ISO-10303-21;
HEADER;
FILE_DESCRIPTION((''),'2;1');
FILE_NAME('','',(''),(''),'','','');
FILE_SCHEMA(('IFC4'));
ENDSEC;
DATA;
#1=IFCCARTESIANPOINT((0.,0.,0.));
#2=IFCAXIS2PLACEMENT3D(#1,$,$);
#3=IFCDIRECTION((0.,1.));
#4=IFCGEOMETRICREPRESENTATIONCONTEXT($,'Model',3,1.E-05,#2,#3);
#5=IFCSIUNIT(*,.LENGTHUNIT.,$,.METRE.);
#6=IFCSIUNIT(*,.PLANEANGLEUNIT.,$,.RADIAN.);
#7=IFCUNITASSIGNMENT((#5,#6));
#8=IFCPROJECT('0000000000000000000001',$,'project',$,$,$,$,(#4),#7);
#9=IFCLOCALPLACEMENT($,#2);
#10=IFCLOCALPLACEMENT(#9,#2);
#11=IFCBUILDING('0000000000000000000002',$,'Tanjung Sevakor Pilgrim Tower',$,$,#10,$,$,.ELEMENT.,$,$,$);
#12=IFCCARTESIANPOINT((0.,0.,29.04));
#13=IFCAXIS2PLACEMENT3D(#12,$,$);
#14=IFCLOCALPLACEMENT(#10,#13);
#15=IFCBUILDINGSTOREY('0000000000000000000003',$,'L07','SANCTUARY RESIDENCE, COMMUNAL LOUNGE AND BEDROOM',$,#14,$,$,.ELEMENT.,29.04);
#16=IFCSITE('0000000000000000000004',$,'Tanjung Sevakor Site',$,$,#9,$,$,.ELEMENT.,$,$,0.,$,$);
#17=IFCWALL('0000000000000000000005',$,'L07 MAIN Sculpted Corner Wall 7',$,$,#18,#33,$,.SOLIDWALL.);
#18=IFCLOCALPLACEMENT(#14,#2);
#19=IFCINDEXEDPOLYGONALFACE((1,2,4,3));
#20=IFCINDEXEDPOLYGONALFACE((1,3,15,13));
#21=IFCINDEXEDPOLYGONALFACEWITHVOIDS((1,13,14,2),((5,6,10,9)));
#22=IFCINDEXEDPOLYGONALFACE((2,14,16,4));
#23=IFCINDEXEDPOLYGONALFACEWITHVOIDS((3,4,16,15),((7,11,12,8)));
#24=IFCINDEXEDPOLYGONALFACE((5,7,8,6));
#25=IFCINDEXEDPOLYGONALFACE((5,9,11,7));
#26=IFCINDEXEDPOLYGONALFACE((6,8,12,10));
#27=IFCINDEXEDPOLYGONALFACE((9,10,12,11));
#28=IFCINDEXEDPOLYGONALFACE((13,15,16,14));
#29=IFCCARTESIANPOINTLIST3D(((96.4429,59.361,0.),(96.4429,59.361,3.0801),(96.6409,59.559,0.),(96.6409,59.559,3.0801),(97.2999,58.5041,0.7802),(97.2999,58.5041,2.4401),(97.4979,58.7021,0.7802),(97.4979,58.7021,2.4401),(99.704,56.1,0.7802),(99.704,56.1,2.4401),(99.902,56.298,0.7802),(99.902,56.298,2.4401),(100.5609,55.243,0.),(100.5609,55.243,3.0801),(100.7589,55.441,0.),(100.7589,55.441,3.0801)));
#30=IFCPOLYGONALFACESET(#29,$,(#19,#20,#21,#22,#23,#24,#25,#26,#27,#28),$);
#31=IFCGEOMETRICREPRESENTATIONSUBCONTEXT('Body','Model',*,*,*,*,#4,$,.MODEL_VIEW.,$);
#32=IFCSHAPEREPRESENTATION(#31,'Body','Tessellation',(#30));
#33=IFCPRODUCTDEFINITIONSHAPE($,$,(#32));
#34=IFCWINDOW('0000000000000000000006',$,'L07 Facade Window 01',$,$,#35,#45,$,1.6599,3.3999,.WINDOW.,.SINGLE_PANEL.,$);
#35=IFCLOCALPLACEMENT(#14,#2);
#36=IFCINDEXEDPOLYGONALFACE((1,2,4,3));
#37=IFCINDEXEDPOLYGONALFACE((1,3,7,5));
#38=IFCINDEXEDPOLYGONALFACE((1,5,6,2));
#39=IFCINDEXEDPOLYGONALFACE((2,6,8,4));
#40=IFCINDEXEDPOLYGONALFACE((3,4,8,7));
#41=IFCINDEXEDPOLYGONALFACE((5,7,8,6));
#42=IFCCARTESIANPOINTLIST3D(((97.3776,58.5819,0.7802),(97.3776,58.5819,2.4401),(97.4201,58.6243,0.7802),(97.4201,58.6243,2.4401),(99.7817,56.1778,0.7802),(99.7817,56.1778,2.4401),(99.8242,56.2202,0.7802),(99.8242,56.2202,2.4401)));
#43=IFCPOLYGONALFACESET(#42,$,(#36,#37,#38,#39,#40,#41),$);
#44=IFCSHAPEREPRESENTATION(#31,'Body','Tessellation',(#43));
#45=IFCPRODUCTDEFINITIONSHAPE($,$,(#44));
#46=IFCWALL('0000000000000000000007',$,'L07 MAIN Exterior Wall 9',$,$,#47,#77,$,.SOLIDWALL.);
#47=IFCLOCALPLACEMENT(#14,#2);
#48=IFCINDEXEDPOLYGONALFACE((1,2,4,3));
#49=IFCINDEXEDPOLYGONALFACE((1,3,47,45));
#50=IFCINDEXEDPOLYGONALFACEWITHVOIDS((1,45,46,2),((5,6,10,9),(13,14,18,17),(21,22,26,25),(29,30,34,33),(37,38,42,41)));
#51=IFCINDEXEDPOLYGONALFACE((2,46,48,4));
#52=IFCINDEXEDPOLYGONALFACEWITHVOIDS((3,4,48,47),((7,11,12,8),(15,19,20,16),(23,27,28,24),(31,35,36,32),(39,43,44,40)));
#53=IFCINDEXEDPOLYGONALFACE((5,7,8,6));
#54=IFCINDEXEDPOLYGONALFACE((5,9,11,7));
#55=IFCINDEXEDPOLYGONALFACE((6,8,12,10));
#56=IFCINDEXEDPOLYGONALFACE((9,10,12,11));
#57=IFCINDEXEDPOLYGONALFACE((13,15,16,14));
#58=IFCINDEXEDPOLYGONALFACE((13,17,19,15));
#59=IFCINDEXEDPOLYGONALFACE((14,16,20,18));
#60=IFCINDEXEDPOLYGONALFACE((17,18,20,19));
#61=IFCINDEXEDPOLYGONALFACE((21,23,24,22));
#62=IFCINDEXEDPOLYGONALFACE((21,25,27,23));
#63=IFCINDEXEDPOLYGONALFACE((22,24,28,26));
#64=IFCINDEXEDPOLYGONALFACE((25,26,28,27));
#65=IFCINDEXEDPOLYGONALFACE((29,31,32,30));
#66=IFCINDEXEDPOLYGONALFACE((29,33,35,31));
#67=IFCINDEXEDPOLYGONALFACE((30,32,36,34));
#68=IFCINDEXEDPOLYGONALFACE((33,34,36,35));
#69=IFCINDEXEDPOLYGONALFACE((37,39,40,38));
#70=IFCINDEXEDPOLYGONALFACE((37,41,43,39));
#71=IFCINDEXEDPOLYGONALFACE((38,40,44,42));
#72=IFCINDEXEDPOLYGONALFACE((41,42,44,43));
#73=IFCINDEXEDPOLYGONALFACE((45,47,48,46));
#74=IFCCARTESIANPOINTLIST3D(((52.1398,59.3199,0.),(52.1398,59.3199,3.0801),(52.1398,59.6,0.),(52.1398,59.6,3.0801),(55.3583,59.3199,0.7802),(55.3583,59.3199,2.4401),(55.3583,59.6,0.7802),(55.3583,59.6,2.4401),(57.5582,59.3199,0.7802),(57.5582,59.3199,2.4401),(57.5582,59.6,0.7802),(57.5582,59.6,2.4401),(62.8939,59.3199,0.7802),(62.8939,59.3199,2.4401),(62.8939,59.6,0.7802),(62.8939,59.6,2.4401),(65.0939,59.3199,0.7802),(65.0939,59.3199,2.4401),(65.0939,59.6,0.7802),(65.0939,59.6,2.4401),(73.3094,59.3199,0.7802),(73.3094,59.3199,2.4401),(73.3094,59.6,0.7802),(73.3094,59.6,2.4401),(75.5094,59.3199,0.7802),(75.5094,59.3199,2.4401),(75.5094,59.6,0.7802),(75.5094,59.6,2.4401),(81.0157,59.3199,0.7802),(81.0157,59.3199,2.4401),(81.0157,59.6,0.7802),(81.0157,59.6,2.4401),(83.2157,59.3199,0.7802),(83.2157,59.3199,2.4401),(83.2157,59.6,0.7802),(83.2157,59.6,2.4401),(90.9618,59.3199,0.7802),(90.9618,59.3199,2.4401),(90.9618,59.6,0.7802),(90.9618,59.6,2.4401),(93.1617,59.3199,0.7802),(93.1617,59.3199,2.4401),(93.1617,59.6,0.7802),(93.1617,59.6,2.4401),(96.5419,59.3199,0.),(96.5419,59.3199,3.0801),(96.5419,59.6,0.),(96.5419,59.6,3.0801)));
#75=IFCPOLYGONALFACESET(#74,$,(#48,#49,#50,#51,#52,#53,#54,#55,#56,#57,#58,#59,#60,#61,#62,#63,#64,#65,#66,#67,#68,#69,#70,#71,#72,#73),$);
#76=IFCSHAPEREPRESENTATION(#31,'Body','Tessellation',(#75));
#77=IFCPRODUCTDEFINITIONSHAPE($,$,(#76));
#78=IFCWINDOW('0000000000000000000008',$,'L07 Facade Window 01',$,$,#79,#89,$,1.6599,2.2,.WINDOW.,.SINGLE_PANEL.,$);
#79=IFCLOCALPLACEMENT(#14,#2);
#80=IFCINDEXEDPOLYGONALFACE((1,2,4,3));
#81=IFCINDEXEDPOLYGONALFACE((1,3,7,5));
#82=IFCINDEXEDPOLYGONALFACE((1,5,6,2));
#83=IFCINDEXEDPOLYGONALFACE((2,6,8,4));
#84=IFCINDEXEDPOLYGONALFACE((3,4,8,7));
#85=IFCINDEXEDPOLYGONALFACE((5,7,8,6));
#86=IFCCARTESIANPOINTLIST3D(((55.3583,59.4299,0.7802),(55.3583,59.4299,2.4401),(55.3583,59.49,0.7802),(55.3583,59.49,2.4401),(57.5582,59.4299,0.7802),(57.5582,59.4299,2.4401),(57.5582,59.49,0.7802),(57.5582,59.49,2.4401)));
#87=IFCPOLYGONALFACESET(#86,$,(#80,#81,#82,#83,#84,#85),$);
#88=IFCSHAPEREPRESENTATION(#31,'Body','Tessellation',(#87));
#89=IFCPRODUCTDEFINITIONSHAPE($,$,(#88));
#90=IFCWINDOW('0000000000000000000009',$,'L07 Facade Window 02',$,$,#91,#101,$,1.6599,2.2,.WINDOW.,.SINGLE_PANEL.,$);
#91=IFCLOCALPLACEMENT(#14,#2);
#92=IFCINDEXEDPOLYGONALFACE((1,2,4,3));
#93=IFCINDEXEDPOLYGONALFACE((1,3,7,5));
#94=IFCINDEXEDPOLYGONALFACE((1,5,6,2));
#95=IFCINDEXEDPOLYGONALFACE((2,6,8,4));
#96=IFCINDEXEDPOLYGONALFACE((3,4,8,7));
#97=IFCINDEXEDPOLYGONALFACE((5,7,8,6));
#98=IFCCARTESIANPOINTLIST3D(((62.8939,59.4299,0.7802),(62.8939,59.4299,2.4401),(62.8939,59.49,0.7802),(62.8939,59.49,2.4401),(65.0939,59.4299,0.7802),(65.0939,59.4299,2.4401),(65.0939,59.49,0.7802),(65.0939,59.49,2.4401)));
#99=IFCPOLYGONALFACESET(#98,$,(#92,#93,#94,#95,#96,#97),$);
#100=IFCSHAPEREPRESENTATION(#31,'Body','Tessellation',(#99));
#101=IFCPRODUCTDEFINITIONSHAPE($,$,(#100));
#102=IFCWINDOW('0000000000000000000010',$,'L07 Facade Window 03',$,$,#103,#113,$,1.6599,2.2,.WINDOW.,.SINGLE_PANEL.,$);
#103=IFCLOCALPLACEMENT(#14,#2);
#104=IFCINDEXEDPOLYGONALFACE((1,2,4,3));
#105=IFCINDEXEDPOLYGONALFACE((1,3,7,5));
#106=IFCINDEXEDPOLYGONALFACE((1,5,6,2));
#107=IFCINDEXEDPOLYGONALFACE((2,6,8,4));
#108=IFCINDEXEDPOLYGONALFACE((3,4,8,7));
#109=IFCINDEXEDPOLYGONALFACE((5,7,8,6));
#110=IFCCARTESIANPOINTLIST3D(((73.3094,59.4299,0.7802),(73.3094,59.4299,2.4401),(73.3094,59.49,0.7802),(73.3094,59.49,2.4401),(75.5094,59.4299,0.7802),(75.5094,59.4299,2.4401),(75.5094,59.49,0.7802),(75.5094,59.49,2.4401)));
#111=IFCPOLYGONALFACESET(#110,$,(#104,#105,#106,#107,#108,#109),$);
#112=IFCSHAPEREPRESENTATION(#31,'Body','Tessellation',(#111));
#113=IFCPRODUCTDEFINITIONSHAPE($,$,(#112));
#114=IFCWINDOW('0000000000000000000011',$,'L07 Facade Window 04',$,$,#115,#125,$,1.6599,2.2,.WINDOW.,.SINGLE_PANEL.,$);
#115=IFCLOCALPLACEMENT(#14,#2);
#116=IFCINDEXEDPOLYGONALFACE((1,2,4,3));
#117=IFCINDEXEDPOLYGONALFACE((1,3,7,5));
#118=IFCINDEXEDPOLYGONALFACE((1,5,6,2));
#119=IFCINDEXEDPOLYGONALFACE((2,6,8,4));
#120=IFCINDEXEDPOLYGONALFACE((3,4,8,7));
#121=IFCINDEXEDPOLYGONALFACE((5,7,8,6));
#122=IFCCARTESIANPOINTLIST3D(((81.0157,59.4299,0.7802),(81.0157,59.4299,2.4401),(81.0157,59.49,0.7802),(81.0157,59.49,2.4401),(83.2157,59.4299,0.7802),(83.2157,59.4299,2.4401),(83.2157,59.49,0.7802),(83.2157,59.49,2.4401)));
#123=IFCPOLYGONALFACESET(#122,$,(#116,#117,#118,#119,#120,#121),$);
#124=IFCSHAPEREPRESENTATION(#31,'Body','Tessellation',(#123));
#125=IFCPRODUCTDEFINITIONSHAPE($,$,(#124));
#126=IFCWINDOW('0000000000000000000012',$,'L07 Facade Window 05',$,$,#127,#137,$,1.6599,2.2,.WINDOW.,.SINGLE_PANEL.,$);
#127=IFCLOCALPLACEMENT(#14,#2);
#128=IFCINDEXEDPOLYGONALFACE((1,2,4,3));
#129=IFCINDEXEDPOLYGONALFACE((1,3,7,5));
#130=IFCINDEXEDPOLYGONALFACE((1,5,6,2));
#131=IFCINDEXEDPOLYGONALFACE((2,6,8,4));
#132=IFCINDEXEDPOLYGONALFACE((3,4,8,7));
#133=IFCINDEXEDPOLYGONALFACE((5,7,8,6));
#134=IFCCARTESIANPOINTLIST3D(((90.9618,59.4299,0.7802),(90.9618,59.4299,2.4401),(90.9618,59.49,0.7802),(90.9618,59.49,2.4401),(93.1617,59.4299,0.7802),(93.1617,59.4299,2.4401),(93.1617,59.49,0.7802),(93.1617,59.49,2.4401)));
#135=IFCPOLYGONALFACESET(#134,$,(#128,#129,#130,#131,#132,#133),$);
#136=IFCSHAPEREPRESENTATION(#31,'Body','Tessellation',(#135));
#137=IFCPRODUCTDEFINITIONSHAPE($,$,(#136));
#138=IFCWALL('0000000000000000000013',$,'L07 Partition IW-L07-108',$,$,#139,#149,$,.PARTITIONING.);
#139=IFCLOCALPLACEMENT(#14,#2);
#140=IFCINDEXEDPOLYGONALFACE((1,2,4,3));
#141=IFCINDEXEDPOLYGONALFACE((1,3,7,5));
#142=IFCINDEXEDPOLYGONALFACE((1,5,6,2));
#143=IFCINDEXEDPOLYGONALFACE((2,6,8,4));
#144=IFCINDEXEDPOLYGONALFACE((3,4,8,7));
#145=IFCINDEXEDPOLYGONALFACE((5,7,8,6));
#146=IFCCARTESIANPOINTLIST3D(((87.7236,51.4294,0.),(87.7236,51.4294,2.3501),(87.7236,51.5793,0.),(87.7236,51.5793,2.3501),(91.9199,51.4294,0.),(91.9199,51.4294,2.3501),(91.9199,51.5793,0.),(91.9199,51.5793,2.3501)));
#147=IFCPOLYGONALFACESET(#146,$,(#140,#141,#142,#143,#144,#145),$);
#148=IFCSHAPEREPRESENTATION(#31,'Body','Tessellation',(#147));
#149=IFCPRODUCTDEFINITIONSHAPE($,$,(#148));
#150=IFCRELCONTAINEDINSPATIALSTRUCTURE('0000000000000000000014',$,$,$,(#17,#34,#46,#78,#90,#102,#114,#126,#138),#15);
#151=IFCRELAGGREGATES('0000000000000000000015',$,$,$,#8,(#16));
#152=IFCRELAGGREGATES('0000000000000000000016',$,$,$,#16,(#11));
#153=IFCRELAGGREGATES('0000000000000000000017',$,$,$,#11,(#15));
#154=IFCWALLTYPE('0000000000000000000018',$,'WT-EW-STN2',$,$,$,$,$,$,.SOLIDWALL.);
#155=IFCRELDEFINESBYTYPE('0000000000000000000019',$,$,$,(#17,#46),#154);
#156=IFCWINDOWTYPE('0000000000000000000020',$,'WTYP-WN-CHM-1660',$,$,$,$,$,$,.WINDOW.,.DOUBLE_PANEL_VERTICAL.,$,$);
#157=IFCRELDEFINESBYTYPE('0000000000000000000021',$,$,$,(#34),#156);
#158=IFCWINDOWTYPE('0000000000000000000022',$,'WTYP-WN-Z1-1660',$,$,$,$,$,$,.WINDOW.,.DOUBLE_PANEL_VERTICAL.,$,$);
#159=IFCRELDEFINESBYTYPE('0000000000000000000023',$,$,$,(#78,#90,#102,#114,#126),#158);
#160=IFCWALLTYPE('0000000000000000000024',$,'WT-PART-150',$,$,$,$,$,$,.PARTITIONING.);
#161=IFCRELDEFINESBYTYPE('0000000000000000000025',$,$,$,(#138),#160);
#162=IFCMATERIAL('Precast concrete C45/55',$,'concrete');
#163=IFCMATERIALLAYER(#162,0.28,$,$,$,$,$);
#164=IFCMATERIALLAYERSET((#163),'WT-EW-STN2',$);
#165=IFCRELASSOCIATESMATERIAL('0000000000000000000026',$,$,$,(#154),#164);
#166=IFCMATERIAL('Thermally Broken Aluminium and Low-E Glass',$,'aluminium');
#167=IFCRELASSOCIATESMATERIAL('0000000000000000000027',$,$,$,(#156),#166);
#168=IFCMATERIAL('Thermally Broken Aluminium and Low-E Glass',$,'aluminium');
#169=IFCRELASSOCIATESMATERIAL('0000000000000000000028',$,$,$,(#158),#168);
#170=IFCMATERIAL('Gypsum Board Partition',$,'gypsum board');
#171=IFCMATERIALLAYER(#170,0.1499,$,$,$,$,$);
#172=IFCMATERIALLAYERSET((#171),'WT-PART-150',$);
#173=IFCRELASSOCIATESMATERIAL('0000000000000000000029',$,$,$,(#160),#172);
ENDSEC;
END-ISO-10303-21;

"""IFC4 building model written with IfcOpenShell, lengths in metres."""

from ifc_helpers import new_model, si_unit, direction, frame, frame_2d, origin, place, context, subcontext, project, spatial, rectangle, extrude, material, layer, layer_set, type_object, element, fill, save


model = new_model("IFC4")

# Units and contexts
model_context = context("Model", 3, precision=1e-05, world=origin(), true_north=direction((0.0, 1.0)))
body_context = subcontext(model_context, "Body", "Model", "MODEL_VIEW")
ifc_project = project(units=[si_unit("LENGTHUNIT", "METRE"), si_unit("PLANEANGLEUNIT", "RADIAN")], contexts=[model_context])

# Site, building, storey
site_placement = place(None, origin())
site = spatial("IfcSite", under=ifc_project, at=site_placement, Name="Tanjung Sevakor Site", CompositionType="ELEMENT", RefElevation=0.0)
building_placement = place(site_placement, origin())
building = spatial("IfcBuilding", under=site, at=building_placement, Name="Tanjung Sevakor Pilgrim Tower", CompositionType="ELEMENT")
storey_placement = place(building_placement, frame((0.0, 0.0, 29.04)))
storey = spatial("IfcBuildingStorey", under=building, at=storey_placement, Name="L07", Description="SANCTUARY RESIDENCE, COMMUNAL LOUNGE AND BEDROOM", CompositionType="ELEMENT", Elevation=29.04)

# Wall, opening, window
ifc_material_1 = material(Name="Precast concrete C45/55", Category="concrete")
ifc_layer_1 = layer(ifc_material_1, 0.28)
ifc_layer_set_1 = layer_set([ifc_layer_1], Name="WT-EW-STN2")
wall_type_1 = type_object("IfcWallType", Name="WT-EW-STN2", PredefinedType="SOLIDWALL", material=ifc_layer_set_1)
wall_1_placement = place(storey_placement, frame((100.6599, 55.342, 0.0), z_axis=(0.0, 0.0, 1.0), x_axis=(-0.707107, 0.707107, 0.0)))
wall_1 = element("IfcWall", 1, at=wall_1_placement, inside=storey, type_object=wall_type_1, Name="L07 MAIN Sculpted Corner Wall 7", PredefinedType="SOLIDWALL", context=body_context, shape_type="SweptSolid", body=[
    extrude(rectangle(XDim=5.8237, YDim=0.28, at=frame_2d((2.9119, 0.0))), origin(), (0.0, 0.0, 1.0), 3.0801),
])
opening_1_placement = place(wall_1_placement, frame((1.2119, 0.0, 0.78)))
opening_1 = element("IfcOpeningElement", 2, at=opening_1_placement, cuts=wall_1, PredefinedType="OPENING", context=body_context, shape_type="SweptSolid", body=[
    extrude(rectangle(XDim=3.3999, YDim=1.6599, at=frame_2d((1.7, 0.8301))), frame((0.0, 0.1499, 0.0), z_axis=(0.0, -1.0, 0.0), x_axis=(1.0, 0.0, 0.0)), (0.0, 0.0, 1.0), 0.3),
])
ifc_material_2 = material(Name="Thermally Broken Aluminium and Low-E Glass", Category="aluminium")
window_type_1 = type_object("IfcWindowType", Name="WTYP-WN-CHM-1660", PartitioningType="DOUBLE_PANEL_VERTICAL", PredefinedType="WINDOW", material=ifc_material_2)
window_1_placement = place(opening_1_placement, origin())
window_1 = element("IfcWindow", 3, at=window_1_placement, inside=storey, type_object=window_type_1, Name="L07 Facade Window 01", OverallHeight=1.6599, OverallWidth=3.3999, PartitioningType="SINGLE_PANEL", PredefinedType="WINDOW", context=body_context, shape_type="SweptSolid", body=[
    extrude(rectangle(XDim=3.3999, YDim=1.6599, at=frame_2d((1.7, 0.8301))), frame((0.0, 0.03, 0.0), z_axis=(0.0, -1.0, 0.0), x_axis=(1.0, 0.0, 0.0)), (0.0, 0.0, 1.0), 0.0601),
])
fill(opening_1, window_1)

# Wall, openings, windows
wall_2_placement = place(storey_placement, frame((96.542, 59.46, 0.0), z_axis=(0.0, 0.0, 1.0), x_axis=(-1.0, 0.0, 0.0)))
wall_2 = element("IfcWall", 4, at=wall_2_placement, inside=storey, type_object=wall_type_1, Name="L07 MAIN Exterior Wall 9", PredefinedType="SOLIDWALL", context=body_context, shape_type="SweptSolid", body=[
    extrude(rectangle(XDim=44.4021, YDim=0.28, at=frame_2d((22.2012, 0.0))), origin(), (0.0, 0.0, 1.0), 3.0801),
])
opening_2_placement = place(wall_2_placement, frame((38.9836, 0.0, 0.78)))
opening_2 = element("IfcOpeningElement", 5, at=opening_2_placement, cuts=wall_2, PredefinedType="OPENING", context=body_context, shape_type="SweptSolid", body=[
    extrude(rectangle(XDim=2.2, YDim=1.6599, at=frame_2d((1.1001, 0.8301))), frame((0.0, 0.1499, 0.0), z_axis=(0.0, -1.0, 0.0), x_axis=(1.0, 0.0, 0.0)), (0.0, 0.0, 1.0), 0.3),
])
opening_3_placement = place(wall_2_placement, frame((31.448, 0.0, 0.78)))
opening_3 = element("IfcOpeningElement", 6, at=opening_3_placement, cuts=wall_2, PredefinedType="OPENING", context=body_context, shape_type="SweptSolid", body=[
    extrude(rectangle(XDim=2.2, YDim=1.6599, at=frame_2d((1.1001, 0.8301))), frame((0.0, 0.1499, 0.0), z_axis=(0.0, -1.0, 0.0), x_axis=(1.0, 0.0, 0.0)), (0.0, 0.0, 1.0), 0.3),
])
opening_4_placement = place(wall_2_placement, frame((21.0325, 0.0, 0.78)))
opening_4 = element("IfcOpeningElement", 7, at=opening_4_placement, cuts=wall_2, PredefinedType="OPENING", context=body_context, shape_type="SweptSolid", body=[
    extrude(rectangle(XDim=2.2, YDim=1.6599, at=frame_2d((1.1001, 0.8301))), frame((0.0, 0.1499, 0.0), z_axis=(0.0, -1.0, 0.0), x_axis=(1.0, 0.0, 0.0)), (0.0, 0.0, 1.0), 0.3),
])
opening_5_placement = place(wall_2_placement, frame((13.3262, 0.0, 0.78)))
opening_5 = element("IfcOpeningElement", 8, at=opening_5_placement, cuts=wall_2, PredefinedType="OPENING", context=body_context, shape_type="SweptSolid", body=[
    extrude(rectangle(XDim=2.2, YDim=1.6599, at=frame_2d((1.1001, 0.8301))), frame((0.0, 0.1499, 0.0), z_axis=(0.0, -1.0, 0.0), x_axis=(1.0, 0.0, 0.0)), (0.0, 0.0, 1.0), 0.3),
])
opening_6_placement = place(wall_2_placement, frame((3.3801, 0.0, 0.78)))
opening_6 = element("IfcOpeningElement", 9, at=opening_6_placement, cuts=wall_2, PredefinedType="OPENING", context=body_context, shape_type="SweptSolid", body=[
    extrude(rectangle(XDim=2.2, YDim=1.6599, at=frame_2d((1.1001, 0.8301))), frame((0.0, 0.1499, 0.0), z_axis=(0.0, -1.0, 0.0), x_axis=(1.0, 0.0, 0.0)), (0.0, 0.0, 1.0), 0.3),
])
ifc_material_3 = material(Name="Thermally Broken Aluminium and Low-E Glass", Category="aluminium")
window_type_2 = type_object("IfcWindowType", Name="WTYP-WN-Z1-1660", PartitioningType="DOUBLE_PANEL_VERTICAL", PredefinedType="WINDOW", material=ifc_material_3)
window_2_placement = place(opening_2_placement, origin())
window_2 = element("IfcWindow", 10, at=window_2_placement, inside=storey, type_object=window_type_2, Name="L07 Facade Window 01", OverallHeight=1.6599, OverallWidth=2.2, PartitioningType="SINGLE_PANEL", PredefinedType="WINDOW", context=body_context, shape_type="SweptSolid", body=[
    extrude(rectangle(XDim=2.2, YDim=1.6599, at=frame_2d((1.1001, 0.8301))), frame((0.0, 0.03, 0.0), z_axis=(0.0, -1.0, 0.0), x_axis=(1.0, 0.0, 0.0)), (0.0, 0.0, 1.0), 0.0601),
])
fill(opening_2, window_2)
window_3_placement = place(opening_3_placement, origin())
window_3 = element("IfcWindow", 11, at=window_3_placement, inside=storey, type_object=window_type_2, Name="L07 Facade Window 02", OverallHeight=1.6599, OverallWidth=2.2, PartitioningType="SINGLE_PANEL", PredefinedType="WINDOW", context=body_context, shape_type="SweptSolid", body=[
    extrude(rectangle(XDim=2.2, YDim=1.6599, at=frame_2d((1.1001, 0.8301))), frame((0.0, 0.03, 0.0), z_axis=(0.0, -1.0, 0.0), x_axis=(1.0, 0.0, 0.0)), (0.0, 0.0, 1.0), 0.0601),
])
fill(opening_3, window_3)
window_4_placement = place(opening_4_placement, origin())
window_4 = element("IfcWindow", 12, at=window_4_placement, inside=storey, type_object=window_type_2, Name="L07 Facade Window 03", OverallHeight=1.6599, OverallWidth=2.2, PartitioningType="SINGLE_PANEL", PredefinedType="WINDOW", context=body_context, shape_type="SweptSolid", body=[
    extrude(rectangle(XDim=2.2, YDim=1.6599, at=frame_2d((1.1001, 0.8301))), frame((0.0, 0.03, 0.0), z_axis=(0.0, -1.0, 0.0), x_axis=(1.0, 0.0, 0.0)), (0.0, 0.0, 1.0), 0.0601),
])
fill(opening_4, window_4)
window_5_placement = place(opening_5_placement, origin())
window_5 = element("IfcWindow", 13, at=window_5_placement, inside=storey, type_object=window_type_2, Name="L07 Facade Window 04", OverallHeight=1.6599, OverallWidth=2.2, PartitioningType="SINGLE_PANEL", PredefinedType="WINDOW", context=body_context, shape_type="SweptSolid", body=[
    extrude(rectangle(XDim=2.2, YDim=1.6599, at=frame_2d((1.1001, 0.8301))), frame((0.0, 0.03, 0.0), z_axis=(0.0, -1.0, 0.0), x_axis=(1.0, 0.0, 0.0)), (0.0, 0.0, 1.0), 0.0601),
])
fill(opening_5, window_5)
window_6_placement = place(opening_6_placement, origin())
window_6 = element("IfcWindow", 14, at=window_6_placement, inside=storey, type_object=window_type_2, Name="L07 Facade Window 05", OverallHeight=1.6599, OverallWidth=2.2, PartitioningType="SINGLE_PANEL", PredefinedType="WINDOW", context=body_context, shape_type="SweptSolid", body=[
    extrude(rectangle(XDim=2.2, YDim=1.6599, at=frame_2d((1.1001, 0.8301))), frame((0.0, 0.03, 0.0), z_axis=(0.0, -1.0, 0.0), x_axis=(1.0, 0.0, 0.0)), (0.0, 0.0, 1.0), 0.0601),
])
fill(opening_6, window_6)

# Wall
ifc_material_4 = material(Name="Gypsum Board Partition", Category="gypsum board")
ifc_layer_2 = layer(ifc_material_4, 0.1499)
ifc_layer_set_2 = layer_set([ifc_layer_2], Name="WT-PART-150")
wall_type_2 = type_object("IfcWallType", Name="WT-PART-150", PredefinedType="PARTITIONING", material=ifc_layer_set_2)
wall_3_placement = place(storey_placement, frame((87.7236, 51.5044, 0.0), z_axis=(0.0, 0.0, 1.0), x_axis=(1.0, 0.0, 0.0)))
element("IfcWall", 15, at=wall_3_placement, inside=storey, type_object=wall_type_2, Name="L07 Partition IW-L07-108", PredefinedType="PARTITIONING", context=body_context, shape_type="SweptSolid", body=[
    extrude(rectangle(XDim=4.1963, YDim=0.1499, at=frame_2d((2.0981, 0.0))), origin(), (0.0, 0.0, 1.0), 2.3501),
])

save(model, "model.ifc")
